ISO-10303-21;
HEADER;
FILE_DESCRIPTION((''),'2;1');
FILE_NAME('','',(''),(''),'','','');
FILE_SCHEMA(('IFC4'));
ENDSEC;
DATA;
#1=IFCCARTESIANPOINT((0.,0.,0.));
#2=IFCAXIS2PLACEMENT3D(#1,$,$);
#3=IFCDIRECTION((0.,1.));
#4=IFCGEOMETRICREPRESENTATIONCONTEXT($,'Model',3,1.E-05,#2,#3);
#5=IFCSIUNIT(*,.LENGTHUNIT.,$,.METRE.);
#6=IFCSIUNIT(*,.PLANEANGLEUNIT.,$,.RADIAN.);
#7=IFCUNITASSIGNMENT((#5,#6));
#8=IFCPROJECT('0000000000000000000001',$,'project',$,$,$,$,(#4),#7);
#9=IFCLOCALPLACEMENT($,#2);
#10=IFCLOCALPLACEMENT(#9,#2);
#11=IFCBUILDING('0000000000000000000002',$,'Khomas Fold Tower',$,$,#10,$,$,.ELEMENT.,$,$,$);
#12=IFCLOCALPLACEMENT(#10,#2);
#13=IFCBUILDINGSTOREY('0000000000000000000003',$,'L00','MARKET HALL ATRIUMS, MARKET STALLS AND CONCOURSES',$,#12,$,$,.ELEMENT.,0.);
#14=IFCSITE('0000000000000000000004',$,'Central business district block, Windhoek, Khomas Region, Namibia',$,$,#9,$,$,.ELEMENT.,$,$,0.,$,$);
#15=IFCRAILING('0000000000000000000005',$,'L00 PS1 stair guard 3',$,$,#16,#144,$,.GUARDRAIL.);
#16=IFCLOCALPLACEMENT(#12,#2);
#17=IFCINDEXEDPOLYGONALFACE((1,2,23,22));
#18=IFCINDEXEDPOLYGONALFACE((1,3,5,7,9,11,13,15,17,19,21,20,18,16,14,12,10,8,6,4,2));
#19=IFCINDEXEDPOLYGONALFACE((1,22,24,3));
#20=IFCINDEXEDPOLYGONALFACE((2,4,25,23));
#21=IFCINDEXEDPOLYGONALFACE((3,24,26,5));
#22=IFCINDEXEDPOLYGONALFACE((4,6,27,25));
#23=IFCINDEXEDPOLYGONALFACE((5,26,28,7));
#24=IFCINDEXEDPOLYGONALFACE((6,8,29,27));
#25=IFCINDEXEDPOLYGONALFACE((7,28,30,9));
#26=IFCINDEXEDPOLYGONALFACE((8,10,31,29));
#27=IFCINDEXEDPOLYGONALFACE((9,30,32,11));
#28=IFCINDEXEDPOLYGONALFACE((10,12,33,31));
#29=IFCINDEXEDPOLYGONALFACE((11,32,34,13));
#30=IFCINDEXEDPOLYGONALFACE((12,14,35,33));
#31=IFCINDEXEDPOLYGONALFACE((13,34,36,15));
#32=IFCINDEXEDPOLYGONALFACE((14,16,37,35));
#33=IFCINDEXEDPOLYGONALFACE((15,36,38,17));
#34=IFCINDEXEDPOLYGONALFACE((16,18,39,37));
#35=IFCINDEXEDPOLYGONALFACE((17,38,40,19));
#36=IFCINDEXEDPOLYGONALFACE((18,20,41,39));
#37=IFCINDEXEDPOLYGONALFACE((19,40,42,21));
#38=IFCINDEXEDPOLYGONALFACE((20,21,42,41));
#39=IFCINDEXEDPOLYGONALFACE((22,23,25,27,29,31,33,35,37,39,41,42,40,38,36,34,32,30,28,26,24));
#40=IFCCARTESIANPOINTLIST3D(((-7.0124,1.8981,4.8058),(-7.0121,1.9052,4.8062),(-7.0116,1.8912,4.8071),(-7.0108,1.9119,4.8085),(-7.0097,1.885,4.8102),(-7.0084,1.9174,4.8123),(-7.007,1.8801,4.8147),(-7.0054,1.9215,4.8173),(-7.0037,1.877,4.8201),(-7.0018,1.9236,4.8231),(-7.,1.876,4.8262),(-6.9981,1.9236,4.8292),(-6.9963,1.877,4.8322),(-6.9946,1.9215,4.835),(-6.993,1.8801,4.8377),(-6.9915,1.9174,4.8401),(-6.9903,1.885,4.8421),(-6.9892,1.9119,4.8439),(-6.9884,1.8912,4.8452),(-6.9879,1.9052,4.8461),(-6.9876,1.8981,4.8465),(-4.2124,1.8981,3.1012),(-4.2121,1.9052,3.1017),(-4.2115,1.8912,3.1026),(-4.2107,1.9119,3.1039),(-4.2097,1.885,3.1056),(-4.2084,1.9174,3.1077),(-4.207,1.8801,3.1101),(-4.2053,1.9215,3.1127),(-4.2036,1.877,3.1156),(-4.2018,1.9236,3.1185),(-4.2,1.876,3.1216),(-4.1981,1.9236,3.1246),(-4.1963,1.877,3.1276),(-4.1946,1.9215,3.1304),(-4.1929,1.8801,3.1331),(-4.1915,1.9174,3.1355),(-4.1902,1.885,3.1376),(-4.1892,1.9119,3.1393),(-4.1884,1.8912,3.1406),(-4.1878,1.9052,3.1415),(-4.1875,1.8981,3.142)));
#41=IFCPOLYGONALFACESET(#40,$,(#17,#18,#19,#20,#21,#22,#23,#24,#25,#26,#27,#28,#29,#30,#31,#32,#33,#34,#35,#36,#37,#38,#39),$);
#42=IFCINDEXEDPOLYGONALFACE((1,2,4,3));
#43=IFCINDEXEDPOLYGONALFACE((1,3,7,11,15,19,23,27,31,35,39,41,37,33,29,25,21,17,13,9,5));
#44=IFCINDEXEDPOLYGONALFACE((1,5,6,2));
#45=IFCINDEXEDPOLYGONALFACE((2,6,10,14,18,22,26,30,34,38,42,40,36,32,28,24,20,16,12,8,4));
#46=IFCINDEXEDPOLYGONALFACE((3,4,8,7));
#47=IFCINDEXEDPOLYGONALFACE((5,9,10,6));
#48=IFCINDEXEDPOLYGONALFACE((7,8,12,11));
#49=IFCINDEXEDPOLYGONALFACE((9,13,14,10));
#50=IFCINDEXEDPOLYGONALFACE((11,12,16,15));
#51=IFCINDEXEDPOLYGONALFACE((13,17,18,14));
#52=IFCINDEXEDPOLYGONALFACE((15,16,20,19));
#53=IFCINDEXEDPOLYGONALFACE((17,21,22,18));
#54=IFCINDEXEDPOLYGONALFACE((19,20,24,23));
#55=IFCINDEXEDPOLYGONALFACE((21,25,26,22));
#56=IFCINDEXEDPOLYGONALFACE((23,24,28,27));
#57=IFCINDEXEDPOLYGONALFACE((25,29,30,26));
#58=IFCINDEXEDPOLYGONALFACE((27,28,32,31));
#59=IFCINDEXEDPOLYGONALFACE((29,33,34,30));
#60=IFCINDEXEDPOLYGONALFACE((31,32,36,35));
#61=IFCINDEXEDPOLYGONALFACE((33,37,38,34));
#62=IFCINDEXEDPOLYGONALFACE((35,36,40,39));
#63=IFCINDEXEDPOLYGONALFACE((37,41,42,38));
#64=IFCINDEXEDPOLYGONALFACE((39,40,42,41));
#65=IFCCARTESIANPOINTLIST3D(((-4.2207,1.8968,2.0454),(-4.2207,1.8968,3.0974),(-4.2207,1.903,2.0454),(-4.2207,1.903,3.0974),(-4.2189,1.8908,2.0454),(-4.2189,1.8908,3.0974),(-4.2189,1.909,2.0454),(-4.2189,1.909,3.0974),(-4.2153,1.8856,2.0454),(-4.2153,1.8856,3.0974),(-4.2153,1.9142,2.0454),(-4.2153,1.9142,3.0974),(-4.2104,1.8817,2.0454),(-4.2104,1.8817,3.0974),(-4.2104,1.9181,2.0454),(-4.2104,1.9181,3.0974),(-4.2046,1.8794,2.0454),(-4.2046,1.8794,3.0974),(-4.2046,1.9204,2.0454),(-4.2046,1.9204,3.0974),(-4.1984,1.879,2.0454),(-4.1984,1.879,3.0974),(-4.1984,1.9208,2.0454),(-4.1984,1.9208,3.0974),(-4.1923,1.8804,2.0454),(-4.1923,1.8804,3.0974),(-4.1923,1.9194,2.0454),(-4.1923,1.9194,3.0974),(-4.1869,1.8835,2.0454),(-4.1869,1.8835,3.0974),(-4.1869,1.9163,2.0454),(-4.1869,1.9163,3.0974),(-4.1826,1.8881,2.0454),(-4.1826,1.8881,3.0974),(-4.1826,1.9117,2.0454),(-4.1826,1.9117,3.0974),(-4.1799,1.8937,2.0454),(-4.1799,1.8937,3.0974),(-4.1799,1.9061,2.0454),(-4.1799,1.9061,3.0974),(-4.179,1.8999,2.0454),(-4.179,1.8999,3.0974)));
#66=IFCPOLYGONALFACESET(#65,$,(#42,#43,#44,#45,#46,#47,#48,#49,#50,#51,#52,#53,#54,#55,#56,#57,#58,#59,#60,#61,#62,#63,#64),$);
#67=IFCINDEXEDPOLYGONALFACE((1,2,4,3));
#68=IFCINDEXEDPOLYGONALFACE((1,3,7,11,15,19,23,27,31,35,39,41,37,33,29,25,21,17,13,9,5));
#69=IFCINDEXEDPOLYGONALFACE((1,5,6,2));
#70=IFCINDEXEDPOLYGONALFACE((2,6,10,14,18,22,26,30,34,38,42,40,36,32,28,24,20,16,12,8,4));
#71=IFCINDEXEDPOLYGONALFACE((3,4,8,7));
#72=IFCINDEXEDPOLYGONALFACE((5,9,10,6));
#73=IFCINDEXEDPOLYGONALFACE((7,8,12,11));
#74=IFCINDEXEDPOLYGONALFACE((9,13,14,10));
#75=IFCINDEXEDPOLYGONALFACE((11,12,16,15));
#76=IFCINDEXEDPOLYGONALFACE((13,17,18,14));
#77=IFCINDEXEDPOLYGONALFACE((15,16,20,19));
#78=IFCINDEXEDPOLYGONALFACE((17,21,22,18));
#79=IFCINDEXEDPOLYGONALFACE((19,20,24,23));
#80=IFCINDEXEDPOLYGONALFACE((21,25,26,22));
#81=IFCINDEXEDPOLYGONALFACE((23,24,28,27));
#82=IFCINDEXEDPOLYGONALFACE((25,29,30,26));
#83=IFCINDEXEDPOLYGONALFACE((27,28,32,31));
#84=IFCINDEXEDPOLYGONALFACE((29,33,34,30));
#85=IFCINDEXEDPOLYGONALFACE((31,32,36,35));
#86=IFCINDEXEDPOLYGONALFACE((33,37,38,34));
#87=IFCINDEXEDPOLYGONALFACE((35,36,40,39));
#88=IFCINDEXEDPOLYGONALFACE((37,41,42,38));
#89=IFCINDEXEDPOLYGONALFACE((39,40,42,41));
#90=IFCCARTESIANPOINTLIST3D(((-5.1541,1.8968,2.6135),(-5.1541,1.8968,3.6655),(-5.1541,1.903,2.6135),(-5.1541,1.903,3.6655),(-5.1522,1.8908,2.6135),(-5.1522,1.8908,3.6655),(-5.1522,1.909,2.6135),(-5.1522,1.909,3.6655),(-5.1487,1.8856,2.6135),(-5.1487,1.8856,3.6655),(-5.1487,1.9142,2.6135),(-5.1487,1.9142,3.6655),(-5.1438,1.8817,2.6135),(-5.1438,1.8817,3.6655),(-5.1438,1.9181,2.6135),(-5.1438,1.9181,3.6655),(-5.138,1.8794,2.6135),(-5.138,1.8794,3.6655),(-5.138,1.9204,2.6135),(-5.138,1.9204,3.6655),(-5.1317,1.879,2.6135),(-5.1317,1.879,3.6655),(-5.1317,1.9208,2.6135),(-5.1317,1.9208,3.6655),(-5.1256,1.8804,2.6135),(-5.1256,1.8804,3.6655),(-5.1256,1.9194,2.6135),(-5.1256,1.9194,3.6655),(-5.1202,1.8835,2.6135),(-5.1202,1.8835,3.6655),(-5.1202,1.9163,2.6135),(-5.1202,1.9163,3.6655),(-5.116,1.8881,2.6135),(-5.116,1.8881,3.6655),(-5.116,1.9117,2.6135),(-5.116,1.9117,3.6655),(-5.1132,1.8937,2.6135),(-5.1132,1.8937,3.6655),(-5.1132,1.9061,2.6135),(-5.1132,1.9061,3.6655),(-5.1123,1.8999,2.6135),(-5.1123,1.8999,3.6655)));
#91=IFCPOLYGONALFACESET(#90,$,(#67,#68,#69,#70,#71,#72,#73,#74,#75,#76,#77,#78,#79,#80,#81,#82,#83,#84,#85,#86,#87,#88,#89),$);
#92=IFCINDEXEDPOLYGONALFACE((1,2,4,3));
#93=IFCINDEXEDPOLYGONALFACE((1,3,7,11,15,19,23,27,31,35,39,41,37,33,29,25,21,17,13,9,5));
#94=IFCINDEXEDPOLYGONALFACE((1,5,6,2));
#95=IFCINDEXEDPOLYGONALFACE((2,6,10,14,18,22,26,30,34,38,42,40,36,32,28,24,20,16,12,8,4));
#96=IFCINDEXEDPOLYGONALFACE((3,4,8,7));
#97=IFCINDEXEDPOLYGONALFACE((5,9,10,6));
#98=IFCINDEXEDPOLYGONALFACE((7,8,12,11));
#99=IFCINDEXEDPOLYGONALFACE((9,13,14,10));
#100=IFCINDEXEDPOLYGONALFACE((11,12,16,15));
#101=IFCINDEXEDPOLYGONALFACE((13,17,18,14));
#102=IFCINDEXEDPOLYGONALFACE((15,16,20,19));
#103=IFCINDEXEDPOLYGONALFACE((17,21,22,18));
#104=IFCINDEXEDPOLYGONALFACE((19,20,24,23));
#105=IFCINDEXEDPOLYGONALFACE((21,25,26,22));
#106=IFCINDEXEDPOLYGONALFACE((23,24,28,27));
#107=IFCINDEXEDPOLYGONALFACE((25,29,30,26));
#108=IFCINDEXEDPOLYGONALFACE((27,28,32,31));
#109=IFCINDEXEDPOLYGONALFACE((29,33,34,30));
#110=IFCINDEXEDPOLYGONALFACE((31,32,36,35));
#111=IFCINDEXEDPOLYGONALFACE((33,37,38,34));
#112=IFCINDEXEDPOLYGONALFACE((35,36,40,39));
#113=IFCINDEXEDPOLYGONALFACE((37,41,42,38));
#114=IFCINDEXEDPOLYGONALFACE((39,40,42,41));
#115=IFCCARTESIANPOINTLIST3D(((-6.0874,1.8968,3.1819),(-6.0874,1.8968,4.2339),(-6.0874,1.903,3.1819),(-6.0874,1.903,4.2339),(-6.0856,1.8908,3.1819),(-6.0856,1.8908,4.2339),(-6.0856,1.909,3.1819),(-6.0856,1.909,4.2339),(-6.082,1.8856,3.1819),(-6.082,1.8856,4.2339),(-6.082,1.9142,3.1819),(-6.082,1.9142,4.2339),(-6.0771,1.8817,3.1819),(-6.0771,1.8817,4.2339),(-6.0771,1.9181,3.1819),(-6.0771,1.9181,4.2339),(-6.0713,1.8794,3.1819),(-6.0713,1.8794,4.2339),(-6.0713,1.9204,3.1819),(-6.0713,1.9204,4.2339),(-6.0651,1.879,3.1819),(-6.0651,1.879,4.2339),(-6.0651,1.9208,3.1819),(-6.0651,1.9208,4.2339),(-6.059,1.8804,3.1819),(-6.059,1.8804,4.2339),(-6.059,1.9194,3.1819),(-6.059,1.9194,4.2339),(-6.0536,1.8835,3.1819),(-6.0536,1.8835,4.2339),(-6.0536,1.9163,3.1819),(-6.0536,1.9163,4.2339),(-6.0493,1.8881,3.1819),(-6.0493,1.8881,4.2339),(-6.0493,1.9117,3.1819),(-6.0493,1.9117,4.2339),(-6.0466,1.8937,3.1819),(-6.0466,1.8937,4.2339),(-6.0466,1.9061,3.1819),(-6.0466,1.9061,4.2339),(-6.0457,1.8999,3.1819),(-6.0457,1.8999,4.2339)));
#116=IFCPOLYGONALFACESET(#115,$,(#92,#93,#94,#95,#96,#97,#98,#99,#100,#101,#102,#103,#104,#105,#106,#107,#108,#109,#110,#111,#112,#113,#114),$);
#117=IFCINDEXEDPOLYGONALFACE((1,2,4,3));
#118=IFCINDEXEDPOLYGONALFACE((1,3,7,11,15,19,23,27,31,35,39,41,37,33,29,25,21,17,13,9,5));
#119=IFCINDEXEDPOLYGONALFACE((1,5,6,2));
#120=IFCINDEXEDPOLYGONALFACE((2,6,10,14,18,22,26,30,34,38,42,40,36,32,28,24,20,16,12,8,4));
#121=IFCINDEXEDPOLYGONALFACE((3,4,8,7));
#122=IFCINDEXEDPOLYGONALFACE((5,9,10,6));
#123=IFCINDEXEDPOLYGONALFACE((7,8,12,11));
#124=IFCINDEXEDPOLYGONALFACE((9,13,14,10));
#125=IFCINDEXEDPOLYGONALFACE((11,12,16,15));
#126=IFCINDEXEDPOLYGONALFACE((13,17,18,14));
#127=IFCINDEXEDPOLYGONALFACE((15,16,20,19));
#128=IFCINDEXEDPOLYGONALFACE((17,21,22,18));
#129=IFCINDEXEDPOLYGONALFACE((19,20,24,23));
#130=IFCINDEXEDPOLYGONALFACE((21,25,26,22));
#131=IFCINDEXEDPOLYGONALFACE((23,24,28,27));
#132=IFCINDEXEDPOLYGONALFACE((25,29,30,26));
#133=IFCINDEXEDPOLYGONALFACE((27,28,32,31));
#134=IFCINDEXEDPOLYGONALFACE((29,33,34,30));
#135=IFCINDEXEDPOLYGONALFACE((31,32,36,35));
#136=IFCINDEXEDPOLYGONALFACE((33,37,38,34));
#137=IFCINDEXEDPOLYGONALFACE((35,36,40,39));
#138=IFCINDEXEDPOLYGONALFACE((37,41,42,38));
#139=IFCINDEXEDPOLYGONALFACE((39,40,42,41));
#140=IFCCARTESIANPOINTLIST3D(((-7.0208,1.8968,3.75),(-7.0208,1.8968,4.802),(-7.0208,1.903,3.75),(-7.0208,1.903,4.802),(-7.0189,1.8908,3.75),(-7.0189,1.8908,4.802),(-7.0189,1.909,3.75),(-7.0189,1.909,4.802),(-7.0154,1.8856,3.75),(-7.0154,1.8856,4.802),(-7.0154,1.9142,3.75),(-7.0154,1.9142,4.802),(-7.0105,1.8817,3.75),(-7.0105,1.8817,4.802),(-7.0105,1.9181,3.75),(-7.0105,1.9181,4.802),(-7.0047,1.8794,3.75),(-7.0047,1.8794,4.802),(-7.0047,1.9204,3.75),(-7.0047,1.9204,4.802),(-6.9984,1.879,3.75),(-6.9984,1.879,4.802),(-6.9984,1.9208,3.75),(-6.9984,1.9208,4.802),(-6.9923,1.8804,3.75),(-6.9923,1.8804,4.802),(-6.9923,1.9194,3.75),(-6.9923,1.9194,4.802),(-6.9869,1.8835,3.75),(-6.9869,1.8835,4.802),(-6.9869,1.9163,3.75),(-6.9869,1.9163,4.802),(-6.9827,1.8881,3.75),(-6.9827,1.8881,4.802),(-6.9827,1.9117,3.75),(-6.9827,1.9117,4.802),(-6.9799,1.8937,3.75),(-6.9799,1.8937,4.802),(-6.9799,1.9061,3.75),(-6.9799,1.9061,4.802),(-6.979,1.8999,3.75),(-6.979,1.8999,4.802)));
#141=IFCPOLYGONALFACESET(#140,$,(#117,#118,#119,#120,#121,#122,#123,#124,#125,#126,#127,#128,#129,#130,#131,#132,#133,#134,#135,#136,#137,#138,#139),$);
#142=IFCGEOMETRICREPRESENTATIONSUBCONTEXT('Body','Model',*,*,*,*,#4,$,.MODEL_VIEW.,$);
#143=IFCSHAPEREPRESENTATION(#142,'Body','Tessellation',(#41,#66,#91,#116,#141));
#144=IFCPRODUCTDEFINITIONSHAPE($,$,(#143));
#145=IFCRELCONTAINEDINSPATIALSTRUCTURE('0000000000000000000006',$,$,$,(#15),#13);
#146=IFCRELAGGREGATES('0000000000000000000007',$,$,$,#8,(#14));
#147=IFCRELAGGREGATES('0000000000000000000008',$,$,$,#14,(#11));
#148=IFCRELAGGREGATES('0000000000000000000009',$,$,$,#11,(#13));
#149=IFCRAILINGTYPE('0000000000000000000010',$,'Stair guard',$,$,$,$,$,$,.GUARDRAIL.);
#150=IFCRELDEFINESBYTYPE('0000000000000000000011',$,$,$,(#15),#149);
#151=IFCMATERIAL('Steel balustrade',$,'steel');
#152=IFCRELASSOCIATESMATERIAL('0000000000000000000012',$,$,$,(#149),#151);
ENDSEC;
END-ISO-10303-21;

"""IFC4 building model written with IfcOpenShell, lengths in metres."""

from ifc_helpers import new_model, si_unit, direction, frame, origin, origin_2d, place, context, subcontext, project, spatial, circle, extrude, source, transform, mapped, material, type_object, element, save


model = new_model("IFC4")

# Units and contexts
model_context = context("Model", 3, precision=1e-05, world=origin(), true_north=direction((0.0, 1.0)))
body_context = subcontext(model_context, "Body", "Model", "MODEL_VIEW")
ifc_project = project(units=[si_unit("LENGTHUNIT", "METRE"), si_unit("PLANEANGLEUNIT", "RADIAN")], contexts=[model_context])

# Site, building, storey
site_placement = place(None, origin())
site = spatial("IfcSite", under=ifc_project, at=site_placement, Name="Central business district block, Windhoek, Khomas Region, Namibia", CompositionType="ELEMENT", RefElevation=0.0)
building_placement = place(site_placement, origin())
building = spatial("IfcBuilding", under=site, at=building_placement, Name="Khomas Fold Tower", CompositionType="ELEMENT")
storey_placement = place(building_placement, origin())
storey = spatial("IfcBuildingStorey", under=building, at=storey_placement, Name="L00", Description="MARKET HALL ATRIUMS, MARKET STALLS AND CONCOURSES", CompositionType="ELEMENT", Elevation=0.0)

# Railing
ifc_material_1 = material(Name="Steel balustrade", Category="steel")
railing_type_1 = type_object("IfcRailingType", Name="Stair guard", PredefinedType="GUARDRAIL", material=ifc_material_1)
shared_shape_1 = source(origin(), body_context, "Body", "SweptSolid", [
    extrude(circle(Radius=0.0239, at=origin_2d()), frame((0.0, 0.0, 1.0762), z_axis=(-0.85417, 0.0, 0.519994), x_axis=(0.0, -1.0, 0.0)), (0.0, 0.0, 1.0), 3.2781),
    extrude(circle(Radius=0.021, at=origin_2d()), origin(), (0.0, 0.0, 1.0), 1.052),
    extrude(circle(Radius=0.021, at=origin_2d()), frame((-0.9333, 0.0, 0.5681)), (0.0, 0.0, 1.0), 1.052),
    extrude(circle(Radius=0.021, at=origin_2d()), frame((-1.8667, 0.0, 1.1365)), (0.0, 0.0, 1.0), 1.052),
    extrude(circle(Radius=0.021, at=origin_2d()), frame((-2.8, 0.0, 1.7046)), (0.0, 0.0, 1.0), 1.052),
])
for number, where, name in (
    (1, (-4.2, 1.8999, 2.0454), "L00 PS1 stair guard 3"),
):
    element("IfcRailing", number, at=place(storey_placement, frame(where)), inside=storey, type_object=railing_type_1, Name=name, PredefinedType="GUARDRAIL", context=body_context, shape_type="MappedRepresentation", body=[
        mapped(shared_shape_1, transform((0.0, 0.0, 0.0))),
    ])

save(model, "model.ifc")
